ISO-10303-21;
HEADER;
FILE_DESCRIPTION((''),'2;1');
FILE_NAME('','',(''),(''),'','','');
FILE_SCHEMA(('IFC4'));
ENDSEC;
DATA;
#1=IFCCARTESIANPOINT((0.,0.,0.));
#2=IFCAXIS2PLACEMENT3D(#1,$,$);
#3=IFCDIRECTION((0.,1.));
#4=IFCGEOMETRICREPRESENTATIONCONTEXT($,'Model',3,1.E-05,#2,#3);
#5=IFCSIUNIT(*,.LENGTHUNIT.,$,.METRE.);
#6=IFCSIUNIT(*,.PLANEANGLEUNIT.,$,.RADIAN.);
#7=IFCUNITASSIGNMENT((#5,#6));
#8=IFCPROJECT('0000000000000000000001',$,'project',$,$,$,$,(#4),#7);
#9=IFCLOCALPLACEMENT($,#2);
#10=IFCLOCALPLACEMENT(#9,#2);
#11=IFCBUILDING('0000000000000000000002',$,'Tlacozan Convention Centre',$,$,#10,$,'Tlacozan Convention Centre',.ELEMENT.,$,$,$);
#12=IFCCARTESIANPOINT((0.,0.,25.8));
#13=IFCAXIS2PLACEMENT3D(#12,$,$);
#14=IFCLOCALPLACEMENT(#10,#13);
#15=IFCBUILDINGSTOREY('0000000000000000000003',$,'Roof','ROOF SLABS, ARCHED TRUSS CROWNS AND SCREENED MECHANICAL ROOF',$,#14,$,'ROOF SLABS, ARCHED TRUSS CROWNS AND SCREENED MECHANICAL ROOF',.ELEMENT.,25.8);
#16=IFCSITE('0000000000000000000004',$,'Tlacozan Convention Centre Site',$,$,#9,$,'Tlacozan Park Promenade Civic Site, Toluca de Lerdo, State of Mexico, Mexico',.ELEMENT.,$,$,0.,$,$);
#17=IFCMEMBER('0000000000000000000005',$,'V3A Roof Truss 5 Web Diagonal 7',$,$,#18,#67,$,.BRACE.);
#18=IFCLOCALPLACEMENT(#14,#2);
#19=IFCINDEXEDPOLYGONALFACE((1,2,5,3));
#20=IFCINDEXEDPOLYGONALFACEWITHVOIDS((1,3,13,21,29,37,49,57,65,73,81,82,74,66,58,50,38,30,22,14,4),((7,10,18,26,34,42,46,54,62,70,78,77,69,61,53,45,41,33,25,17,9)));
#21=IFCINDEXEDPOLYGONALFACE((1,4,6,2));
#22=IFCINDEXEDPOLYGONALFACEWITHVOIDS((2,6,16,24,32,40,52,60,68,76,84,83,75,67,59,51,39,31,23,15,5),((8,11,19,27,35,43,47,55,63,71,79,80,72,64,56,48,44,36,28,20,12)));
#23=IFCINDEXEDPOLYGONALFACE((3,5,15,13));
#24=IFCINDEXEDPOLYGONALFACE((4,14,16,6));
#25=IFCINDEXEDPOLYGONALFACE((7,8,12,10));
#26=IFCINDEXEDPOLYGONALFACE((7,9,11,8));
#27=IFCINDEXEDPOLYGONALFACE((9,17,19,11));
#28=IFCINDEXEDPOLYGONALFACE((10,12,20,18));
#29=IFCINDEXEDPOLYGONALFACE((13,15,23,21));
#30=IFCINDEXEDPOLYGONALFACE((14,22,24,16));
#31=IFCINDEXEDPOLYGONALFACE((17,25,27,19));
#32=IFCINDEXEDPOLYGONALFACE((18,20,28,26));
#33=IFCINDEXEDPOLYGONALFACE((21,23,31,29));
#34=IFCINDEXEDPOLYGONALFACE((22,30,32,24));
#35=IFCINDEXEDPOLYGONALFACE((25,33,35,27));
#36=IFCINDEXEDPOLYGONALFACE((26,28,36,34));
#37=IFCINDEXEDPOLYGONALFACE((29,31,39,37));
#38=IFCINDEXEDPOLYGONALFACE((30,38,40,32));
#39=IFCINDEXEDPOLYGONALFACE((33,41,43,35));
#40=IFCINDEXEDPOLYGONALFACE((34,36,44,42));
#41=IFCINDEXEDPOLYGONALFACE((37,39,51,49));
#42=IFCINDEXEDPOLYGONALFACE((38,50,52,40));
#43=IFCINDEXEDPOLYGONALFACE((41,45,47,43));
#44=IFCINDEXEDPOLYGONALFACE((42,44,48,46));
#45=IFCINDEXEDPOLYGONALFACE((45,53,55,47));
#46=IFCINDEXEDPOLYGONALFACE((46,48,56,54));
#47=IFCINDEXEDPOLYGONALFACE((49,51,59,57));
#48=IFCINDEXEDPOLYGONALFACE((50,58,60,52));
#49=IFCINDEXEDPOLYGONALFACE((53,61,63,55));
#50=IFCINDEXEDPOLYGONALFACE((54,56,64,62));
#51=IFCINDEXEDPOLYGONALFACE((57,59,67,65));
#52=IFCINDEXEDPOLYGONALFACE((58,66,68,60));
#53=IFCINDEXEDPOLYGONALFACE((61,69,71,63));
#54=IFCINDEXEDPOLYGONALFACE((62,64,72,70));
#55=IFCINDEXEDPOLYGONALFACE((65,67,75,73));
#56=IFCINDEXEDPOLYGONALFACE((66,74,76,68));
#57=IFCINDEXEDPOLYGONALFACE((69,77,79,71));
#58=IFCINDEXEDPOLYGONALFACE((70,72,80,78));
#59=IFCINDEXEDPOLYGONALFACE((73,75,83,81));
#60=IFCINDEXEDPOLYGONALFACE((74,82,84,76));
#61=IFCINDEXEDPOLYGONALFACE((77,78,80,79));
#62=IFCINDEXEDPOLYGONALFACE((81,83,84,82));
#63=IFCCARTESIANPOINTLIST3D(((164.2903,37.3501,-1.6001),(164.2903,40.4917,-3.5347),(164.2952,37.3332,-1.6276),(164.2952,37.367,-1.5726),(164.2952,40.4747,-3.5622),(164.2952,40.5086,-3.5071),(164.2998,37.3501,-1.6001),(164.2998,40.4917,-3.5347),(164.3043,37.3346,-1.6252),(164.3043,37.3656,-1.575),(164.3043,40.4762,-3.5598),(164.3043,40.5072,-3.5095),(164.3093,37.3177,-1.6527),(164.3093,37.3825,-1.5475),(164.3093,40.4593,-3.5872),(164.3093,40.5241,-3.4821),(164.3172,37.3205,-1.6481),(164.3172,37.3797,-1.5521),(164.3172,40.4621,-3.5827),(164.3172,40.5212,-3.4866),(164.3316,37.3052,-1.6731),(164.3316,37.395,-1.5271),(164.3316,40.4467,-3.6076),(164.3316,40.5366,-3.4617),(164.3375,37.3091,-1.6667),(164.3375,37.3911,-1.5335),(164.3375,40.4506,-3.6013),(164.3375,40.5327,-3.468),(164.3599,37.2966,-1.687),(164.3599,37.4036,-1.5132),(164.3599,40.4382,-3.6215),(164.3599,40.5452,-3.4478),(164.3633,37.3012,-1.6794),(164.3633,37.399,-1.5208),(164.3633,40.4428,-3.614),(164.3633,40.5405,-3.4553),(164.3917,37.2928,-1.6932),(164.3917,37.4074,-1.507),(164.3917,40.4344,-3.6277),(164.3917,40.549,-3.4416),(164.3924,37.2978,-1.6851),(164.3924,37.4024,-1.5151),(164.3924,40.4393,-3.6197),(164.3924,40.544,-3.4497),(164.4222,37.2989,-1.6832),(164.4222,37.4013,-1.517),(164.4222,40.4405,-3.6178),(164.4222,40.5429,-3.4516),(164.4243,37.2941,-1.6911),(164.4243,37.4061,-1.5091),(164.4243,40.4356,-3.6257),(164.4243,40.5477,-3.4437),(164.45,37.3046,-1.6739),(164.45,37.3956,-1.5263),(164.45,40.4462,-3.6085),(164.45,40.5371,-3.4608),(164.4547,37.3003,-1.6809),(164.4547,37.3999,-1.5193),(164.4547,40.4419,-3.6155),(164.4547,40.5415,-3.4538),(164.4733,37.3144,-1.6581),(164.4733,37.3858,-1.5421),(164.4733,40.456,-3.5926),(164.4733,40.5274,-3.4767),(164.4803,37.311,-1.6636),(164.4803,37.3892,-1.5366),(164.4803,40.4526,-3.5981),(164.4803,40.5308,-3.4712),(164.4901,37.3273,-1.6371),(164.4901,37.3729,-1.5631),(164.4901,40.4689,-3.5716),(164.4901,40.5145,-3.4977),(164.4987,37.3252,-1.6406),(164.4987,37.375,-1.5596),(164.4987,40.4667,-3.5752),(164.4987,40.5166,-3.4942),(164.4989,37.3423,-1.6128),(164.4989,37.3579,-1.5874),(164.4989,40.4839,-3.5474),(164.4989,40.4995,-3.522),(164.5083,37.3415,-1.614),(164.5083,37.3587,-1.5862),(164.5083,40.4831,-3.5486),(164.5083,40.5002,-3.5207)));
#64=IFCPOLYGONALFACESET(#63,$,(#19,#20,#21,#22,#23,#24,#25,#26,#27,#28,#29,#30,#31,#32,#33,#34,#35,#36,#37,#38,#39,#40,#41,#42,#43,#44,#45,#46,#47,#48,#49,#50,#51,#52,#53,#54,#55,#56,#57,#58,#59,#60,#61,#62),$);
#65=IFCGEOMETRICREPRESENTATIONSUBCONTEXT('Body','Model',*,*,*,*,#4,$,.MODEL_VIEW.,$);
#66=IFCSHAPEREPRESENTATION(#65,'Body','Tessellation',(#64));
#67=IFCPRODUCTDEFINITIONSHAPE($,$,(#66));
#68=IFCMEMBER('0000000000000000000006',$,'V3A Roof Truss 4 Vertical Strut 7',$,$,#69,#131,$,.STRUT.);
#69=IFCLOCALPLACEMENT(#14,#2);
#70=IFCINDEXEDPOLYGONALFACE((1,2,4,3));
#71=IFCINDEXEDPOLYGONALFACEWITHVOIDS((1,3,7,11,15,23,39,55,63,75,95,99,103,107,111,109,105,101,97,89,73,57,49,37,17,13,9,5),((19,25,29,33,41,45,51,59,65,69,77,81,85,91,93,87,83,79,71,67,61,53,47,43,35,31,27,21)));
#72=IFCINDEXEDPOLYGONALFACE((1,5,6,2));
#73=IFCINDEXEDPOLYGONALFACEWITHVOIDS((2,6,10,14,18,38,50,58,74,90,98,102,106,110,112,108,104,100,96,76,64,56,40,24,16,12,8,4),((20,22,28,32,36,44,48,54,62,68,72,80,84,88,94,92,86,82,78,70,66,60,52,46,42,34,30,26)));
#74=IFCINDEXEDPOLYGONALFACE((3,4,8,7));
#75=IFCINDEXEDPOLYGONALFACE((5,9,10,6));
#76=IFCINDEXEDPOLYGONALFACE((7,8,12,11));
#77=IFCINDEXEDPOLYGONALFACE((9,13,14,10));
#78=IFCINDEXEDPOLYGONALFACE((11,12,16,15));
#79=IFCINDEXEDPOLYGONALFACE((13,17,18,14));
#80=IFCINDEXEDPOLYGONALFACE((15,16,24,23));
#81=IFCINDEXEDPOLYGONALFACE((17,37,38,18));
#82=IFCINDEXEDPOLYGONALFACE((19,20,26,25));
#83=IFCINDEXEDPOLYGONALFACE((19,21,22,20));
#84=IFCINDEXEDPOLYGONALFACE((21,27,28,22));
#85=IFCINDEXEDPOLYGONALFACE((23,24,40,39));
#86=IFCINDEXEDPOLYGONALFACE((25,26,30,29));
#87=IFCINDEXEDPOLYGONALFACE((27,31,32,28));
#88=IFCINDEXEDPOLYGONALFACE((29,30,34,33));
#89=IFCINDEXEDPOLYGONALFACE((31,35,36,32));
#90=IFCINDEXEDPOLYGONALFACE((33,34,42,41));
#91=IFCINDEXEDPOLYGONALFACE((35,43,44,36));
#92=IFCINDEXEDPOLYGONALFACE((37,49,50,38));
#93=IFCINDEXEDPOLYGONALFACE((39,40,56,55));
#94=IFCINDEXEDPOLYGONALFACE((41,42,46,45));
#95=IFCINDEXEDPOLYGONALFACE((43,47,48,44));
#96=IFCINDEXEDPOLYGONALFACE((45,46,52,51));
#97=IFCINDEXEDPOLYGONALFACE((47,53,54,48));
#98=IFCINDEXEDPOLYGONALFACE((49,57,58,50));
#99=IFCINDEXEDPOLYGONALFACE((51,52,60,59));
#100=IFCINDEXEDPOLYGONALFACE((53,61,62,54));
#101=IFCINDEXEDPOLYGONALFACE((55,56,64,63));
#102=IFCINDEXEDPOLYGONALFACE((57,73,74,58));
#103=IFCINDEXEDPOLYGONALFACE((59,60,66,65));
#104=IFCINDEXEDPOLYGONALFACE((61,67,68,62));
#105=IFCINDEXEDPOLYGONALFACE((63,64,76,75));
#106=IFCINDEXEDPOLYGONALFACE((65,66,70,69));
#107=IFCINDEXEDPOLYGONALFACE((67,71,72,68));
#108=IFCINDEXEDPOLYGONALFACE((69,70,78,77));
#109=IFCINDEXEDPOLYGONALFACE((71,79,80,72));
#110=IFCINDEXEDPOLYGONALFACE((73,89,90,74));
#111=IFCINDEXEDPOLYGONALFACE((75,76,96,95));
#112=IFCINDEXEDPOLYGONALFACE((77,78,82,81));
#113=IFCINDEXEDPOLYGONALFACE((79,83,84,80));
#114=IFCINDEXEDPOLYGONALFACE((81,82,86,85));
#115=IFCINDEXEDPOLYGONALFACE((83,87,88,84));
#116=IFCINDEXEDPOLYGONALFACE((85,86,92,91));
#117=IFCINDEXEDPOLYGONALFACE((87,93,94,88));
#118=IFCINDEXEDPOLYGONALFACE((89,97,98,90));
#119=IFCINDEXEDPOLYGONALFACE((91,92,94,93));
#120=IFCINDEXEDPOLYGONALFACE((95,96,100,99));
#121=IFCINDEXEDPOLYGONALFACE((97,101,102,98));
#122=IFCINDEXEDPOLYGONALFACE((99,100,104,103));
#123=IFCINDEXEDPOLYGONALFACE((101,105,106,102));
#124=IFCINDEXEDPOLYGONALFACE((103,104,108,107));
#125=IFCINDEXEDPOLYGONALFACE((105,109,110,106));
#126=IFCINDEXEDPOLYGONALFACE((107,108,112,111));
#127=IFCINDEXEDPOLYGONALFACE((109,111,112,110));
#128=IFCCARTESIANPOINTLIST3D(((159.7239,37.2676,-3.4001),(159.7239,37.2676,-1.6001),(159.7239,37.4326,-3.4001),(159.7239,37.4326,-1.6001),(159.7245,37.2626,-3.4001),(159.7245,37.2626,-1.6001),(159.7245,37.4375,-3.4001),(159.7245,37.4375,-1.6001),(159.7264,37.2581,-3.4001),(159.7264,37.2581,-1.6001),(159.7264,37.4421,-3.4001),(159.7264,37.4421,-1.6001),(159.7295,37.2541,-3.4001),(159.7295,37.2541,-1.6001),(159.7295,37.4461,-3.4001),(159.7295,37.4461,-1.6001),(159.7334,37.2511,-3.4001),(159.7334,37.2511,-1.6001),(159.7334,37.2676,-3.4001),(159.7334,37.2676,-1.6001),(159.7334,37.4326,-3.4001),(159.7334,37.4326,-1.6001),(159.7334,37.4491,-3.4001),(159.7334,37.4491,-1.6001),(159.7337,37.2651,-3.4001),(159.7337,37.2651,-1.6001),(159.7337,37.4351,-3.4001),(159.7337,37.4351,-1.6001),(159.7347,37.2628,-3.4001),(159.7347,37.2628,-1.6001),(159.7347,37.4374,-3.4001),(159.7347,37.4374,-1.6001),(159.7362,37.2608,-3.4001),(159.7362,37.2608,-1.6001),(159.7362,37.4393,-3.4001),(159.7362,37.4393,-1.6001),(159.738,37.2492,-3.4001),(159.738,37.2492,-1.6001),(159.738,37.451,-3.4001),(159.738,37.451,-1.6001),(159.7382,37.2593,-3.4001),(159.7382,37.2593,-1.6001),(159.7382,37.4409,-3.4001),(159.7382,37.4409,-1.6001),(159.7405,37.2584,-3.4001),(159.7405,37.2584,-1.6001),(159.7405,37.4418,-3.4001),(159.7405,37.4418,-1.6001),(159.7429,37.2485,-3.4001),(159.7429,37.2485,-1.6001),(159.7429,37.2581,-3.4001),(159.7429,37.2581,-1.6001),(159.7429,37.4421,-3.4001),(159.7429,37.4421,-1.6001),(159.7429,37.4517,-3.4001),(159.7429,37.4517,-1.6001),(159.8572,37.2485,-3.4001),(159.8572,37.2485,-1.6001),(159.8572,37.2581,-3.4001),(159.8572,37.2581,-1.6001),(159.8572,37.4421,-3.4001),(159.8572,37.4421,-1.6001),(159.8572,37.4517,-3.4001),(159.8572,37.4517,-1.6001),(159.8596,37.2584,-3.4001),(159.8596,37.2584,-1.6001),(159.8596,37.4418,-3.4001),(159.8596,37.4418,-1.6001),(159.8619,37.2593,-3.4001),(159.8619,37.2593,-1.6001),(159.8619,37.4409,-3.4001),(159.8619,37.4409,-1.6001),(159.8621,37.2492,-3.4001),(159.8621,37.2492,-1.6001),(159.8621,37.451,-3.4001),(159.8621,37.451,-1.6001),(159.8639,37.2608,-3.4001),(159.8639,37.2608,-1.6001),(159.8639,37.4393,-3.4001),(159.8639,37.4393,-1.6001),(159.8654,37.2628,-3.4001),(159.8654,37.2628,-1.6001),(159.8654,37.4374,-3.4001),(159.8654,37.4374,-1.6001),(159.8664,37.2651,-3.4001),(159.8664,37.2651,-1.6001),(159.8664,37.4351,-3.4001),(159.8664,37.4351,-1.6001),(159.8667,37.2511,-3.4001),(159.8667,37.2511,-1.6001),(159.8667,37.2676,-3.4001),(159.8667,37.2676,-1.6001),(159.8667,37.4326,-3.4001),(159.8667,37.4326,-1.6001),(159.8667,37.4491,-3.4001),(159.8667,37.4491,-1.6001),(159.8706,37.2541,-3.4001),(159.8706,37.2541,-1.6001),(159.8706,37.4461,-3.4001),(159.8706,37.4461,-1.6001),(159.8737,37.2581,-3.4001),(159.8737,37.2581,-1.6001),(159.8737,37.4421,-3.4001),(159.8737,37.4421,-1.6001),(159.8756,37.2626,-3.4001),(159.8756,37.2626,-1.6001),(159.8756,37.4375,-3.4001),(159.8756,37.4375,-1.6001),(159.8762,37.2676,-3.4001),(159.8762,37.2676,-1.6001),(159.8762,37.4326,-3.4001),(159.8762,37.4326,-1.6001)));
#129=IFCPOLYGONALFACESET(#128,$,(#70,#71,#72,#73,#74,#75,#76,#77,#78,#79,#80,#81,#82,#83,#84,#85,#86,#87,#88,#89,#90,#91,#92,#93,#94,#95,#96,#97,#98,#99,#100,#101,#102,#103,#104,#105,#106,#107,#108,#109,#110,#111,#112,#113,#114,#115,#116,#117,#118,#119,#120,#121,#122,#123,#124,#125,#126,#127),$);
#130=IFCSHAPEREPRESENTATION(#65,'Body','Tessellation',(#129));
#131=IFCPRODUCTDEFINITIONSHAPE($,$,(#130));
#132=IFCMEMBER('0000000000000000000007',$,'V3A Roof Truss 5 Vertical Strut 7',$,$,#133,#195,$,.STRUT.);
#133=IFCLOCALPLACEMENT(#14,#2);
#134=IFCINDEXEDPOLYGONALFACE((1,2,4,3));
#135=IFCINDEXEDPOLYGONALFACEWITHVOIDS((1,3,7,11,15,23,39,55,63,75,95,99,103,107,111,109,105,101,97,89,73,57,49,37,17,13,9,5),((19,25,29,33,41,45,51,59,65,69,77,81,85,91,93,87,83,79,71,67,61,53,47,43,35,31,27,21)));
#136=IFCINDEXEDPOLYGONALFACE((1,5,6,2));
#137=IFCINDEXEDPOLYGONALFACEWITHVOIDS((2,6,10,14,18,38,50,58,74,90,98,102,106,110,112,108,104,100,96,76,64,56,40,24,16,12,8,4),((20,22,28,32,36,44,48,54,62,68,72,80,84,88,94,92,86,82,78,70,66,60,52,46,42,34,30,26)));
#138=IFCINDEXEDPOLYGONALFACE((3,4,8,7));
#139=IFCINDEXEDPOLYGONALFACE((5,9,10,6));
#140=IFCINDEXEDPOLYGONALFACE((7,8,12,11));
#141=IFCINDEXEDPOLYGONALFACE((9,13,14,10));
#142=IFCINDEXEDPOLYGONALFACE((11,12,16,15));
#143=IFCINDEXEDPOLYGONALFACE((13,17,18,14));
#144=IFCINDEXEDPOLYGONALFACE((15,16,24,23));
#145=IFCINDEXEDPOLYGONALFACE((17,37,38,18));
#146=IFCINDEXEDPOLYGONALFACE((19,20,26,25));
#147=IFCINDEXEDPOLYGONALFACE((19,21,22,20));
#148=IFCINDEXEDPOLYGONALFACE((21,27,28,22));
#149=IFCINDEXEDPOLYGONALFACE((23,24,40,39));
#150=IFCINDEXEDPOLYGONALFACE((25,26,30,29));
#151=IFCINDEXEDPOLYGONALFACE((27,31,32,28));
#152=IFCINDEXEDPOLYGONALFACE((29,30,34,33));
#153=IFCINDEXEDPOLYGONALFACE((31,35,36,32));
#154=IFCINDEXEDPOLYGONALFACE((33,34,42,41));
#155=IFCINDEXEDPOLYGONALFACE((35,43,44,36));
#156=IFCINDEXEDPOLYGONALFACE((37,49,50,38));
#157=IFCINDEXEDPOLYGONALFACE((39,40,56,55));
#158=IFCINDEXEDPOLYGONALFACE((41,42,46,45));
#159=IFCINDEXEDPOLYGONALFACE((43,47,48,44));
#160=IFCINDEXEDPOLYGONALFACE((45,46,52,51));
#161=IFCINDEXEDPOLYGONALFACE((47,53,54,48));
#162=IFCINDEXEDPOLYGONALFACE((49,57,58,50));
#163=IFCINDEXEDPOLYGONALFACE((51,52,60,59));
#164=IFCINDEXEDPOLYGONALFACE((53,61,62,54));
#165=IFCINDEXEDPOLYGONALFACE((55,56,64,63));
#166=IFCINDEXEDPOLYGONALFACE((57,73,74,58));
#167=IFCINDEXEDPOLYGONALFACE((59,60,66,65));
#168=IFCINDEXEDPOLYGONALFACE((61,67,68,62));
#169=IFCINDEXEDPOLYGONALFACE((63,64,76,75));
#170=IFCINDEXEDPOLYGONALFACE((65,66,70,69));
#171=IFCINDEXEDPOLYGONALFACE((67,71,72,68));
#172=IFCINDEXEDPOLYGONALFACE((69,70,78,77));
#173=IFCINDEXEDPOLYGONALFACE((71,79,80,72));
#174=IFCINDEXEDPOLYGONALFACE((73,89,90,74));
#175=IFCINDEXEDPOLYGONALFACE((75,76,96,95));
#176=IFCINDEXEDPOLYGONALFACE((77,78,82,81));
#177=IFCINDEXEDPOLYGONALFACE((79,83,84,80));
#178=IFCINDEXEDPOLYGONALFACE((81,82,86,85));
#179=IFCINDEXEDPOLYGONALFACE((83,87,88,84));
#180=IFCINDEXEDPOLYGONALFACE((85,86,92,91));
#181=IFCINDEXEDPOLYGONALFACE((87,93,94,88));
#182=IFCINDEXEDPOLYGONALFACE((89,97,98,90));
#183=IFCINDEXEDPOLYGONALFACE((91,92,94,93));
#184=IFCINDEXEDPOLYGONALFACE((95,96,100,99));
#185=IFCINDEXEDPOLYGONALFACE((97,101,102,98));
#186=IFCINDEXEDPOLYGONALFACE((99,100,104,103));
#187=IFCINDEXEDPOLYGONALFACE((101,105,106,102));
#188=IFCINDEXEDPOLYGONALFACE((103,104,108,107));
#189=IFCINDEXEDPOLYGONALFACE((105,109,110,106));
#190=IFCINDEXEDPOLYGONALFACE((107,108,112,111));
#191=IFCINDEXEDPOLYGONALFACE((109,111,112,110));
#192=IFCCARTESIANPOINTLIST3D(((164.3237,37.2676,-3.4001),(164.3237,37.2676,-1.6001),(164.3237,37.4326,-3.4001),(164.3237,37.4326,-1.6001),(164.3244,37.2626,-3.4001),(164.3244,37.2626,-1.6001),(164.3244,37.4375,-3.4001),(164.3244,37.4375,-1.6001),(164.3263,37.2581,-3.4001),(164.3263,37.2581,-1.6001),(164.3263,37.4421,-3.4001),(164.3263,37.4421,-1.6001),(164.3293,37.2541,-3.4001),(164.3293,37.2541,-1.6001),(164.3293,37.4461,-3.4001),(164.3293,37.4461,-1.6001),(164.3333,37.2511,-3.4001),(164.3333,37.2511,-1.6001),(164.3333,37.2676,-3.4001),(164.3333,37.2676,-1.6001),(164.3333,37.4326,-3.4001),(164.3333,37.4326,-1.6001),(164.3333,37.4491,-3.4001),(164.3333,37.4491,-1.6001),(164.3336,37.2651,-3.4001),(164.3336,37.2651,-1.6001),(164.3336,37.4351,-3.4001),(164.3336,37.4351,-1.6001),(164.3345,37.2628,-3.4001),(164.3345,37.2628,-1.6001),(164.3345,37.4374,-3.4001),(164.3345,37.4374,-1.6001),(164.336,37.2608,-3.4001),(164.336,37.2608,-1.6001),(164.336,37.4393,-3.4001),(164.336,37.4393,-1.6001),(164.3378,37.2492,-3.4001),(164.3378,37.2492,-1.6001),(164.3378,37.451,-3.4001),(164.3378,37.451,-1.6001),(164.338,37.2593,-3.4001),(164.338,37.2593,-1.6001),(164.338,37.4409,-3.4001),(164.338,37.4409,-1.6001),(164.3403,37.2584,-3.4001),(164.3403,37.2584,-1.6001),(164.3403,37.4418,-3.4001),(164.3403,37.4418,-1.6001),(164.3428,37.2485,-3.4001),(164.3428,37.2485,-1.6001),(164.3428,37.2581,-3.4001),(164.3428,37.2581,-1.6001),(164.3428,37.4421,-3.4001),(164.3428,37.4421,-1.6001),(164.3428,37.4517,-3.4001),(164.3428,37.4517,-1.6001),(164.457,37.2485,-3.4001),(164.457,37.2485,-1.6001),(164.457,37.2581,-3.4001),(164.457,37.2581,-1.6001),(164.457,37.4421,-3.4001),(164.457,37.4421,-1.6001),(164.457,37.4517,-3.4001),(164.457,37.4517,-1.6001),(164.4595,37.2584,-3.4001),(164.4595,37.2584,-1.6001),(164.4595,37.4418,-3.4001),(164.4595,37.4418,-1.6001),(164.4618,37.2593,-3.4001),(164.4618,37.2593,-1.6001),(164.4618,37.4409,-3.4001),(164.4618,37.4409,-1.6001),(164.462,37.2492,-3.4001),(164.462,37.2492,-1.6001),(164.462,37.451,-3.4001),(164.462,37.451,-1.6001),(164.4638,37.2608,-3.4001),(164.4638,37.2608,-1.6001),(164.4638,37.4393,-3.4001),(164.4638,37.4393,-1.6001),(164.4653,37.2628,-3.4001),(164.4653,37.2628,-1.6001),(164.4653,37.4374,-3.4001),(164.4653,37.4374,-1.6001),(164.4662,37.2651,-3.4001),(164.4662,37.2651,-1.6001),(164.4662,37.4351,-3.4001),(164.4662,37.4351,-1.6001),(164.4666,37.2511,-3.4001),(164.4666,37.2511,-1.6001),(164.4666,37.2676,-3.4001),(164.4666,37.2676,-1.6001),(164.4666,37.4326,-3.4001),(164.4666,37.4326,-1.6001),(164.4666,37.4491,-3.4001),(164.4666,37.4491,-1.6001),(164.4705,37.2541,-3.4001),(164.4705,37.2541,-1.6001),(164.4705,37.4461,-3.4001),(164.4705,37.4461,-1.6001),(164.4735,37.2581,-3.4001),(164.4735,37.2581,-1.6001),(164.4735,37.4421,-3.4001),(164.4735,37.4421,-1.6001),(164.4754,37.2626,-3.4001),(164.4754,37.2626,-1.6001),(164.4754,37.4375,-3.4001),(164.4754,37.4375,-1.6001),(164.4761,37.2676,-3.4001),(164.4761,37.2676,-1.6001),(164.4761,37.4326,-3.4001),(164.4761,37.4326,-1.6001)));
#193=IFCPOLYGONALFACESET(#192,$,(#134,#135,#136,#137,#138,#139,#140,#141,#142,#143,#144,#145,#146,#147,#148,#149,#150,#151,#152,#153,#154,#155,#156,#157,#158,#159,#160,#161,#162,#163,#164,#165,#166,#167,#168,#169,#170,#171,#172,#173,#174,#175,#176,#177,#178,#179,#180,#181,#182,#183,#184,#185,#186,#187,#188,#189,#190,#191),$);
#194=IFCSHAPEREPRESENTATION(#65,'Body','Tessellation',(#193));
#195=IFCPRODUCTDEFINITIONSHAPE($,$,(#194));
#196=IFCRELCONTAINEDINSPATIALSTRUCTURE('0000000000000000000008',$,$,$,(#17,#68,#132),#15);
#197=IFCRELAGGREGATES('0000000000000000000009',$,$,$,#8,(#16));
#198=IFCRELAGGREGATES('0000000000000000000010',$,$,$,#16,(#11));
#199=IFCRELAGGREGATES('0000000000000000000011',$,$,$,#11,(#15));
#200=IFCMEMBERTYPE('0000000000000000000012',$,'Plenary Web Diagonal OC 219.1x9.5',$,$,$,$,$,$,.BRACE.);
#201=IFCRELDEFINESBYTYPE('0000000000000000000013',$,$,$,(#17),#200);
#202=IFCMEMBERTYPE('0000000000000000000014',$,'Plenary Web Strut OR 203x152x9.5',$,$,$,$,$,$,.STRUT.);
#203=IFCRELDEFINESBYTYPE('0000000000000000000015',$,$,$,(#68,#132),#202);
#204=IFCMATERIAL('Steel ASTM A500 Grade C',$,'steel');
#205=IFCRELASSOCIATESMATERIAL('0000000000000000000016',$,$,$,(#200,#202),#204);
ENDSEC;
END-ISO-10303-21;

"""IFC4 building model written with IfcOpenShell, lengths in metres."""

from ifc_helpers import new_model, si_unit, direction, frame, origin, origin_2d, place, context, subcontext, project, spatial, hollow_rectangle, hollow_circle, extrude, material, material_profile, profile_set, type_object, element, save


model = new_model("IFC4")

# Units and contexts
model_context = context("Model", 3, precision=1e-05, world=origin(), true_north=direction((0.0, 1.0)))
body_context = subcontext(model_context, "Body", "Model", "MODEL_VIEW")
ifc_project = project(units=[si_unit("LENGTHUNIT", "METRE"), si_unit("PLANEANGLEUNIT", "RADIAN")], contexts=[model_context])

# Site, building, storey
site_placement = place(None, origin())
site = spatial("IfcSite", under=ifc_project, at=site_placement, Name="Tlacozan Convention Centre Site", LongName="Tlacozan Park Promenade Civic Site, Toluca de Lerdo, State of Mexico, Mexico", CompositionType="ELEMENT", RefElevation=0.0)
building_placement = place(site_placement, origin())
building = spatial("IfcBuilding", under=site, at=building_placement, Name="Tlacozan Convention Centre", LongName="Tlacozan Convention Centre", CompositionType="ELEMENT")
storey_placement = place(building_placement, frame((0.0, 0.0, 25.8)))
storey = spatial("IfcBuildingStorey", under=building, at=storey_placement, Name="Roof", Description="ROOF SLABS, ARCHED TRUSS CROWNS AND SCREENED MECHANICAL ROOF", LongName="ROOF SLABS, ARCHED TRUSS CROWNS AND SCREENED MECHANICAL ROOF", CompositionType="ELEMENT", Elevation=25.8)

# Members
ifc_material_1 = material(Name="Steel ASTM A500 Grade C", Category="steel")
ifc_material_profile_1 = material_profile(ifc_material_1, hollow_circle(Radius=0.1096, WallThickness=0.0095, at=origin_2d()), Name="OC 219.1x9.5")
ifc_profile_set_1 = profile_set([ifc_material_profile_1], Name="Steel ASTM A500 Grade C")
member_type_1 = type_object("IfcMemberType", Name="Plenary Web Diagonal OC 219.1x9.5", PredefinedType="BRACE", material=ifc_profile_set_1)
member_1_placement = place(storey_placement, frame((164.3999, 37.3501, -1.6001), z_axis=(0.0, 0.851504, -0.524348), x_axis=(-1.0, 0.0, 0.0)))
element("IfcMember", 1, at=member_1_placement, inside=storey, type_object=member_type_1, Name="V3A Roof Truss 5 Web Diagonal 7", PredefinedType="BRACE", context=body_context, shape_type="SweptSolid", body=[
    extrude(hollow_circle(Radius=0.1096, WallThickness=0.0095, at=origin_2d()), origin(), (0.0, 0.0, 1.0), 3.6895),
])
ifc_material_profile_2 = material_profile(ifc_material_1, hollow_rectangle(XDim=0.1523, YDim=0.2031, WallThickness=0.0095, InnerFilletRadius=0.0095, OuterFilletRadius=0.019, at=origin_2d()), Name="OR 203x152x9.5")
ifc_profile_set_2 = profile_set([ifc_material_profile_2], Name="Steel ASTM A500 Grade C")
member_type_2 = type_object("IfcMemberType", Name="Plenary Web Strut OR 203x152x9.5", PredefinedType="STRUT", material=ifc_profile_set_2)
for number, where, z_axis, x_axis, name in (
    (2, (159.8, 37.3501, -3.4001), (0.0, 0.0, 1.0), (1.0, 0.0, 0.0), "V3A Roof Truss 4 Vertical Strut 7"),
    (3, (164.3999, 37.3501, -3.4001), (0.0, 0.0, 1.0), (1.0, 0.0, 0.0), "V3A Roof Truss 5 Vertical Strut 7"),
):
    element("IfcMember", number, at=place(storey_placement, frame(where, z_axis=z_axis, x_axis=x_axis)), inside=storey, type_object=member_type_2, Name=name, PredefinedType="STRUT", context=body_context, shape_type="SweptSolid", body=[
        extrude(hollow_rectangle(XDim=0.1523, YDim=0.2031, WallThickness=0.0095, InnerFilletRadius=0.0095, OuterFilletRadius=0.019, at=origin_2d()), origin(), (0.0, 0.0, 1.0), 1.8),
    ])

save(model, "model.ifc")
